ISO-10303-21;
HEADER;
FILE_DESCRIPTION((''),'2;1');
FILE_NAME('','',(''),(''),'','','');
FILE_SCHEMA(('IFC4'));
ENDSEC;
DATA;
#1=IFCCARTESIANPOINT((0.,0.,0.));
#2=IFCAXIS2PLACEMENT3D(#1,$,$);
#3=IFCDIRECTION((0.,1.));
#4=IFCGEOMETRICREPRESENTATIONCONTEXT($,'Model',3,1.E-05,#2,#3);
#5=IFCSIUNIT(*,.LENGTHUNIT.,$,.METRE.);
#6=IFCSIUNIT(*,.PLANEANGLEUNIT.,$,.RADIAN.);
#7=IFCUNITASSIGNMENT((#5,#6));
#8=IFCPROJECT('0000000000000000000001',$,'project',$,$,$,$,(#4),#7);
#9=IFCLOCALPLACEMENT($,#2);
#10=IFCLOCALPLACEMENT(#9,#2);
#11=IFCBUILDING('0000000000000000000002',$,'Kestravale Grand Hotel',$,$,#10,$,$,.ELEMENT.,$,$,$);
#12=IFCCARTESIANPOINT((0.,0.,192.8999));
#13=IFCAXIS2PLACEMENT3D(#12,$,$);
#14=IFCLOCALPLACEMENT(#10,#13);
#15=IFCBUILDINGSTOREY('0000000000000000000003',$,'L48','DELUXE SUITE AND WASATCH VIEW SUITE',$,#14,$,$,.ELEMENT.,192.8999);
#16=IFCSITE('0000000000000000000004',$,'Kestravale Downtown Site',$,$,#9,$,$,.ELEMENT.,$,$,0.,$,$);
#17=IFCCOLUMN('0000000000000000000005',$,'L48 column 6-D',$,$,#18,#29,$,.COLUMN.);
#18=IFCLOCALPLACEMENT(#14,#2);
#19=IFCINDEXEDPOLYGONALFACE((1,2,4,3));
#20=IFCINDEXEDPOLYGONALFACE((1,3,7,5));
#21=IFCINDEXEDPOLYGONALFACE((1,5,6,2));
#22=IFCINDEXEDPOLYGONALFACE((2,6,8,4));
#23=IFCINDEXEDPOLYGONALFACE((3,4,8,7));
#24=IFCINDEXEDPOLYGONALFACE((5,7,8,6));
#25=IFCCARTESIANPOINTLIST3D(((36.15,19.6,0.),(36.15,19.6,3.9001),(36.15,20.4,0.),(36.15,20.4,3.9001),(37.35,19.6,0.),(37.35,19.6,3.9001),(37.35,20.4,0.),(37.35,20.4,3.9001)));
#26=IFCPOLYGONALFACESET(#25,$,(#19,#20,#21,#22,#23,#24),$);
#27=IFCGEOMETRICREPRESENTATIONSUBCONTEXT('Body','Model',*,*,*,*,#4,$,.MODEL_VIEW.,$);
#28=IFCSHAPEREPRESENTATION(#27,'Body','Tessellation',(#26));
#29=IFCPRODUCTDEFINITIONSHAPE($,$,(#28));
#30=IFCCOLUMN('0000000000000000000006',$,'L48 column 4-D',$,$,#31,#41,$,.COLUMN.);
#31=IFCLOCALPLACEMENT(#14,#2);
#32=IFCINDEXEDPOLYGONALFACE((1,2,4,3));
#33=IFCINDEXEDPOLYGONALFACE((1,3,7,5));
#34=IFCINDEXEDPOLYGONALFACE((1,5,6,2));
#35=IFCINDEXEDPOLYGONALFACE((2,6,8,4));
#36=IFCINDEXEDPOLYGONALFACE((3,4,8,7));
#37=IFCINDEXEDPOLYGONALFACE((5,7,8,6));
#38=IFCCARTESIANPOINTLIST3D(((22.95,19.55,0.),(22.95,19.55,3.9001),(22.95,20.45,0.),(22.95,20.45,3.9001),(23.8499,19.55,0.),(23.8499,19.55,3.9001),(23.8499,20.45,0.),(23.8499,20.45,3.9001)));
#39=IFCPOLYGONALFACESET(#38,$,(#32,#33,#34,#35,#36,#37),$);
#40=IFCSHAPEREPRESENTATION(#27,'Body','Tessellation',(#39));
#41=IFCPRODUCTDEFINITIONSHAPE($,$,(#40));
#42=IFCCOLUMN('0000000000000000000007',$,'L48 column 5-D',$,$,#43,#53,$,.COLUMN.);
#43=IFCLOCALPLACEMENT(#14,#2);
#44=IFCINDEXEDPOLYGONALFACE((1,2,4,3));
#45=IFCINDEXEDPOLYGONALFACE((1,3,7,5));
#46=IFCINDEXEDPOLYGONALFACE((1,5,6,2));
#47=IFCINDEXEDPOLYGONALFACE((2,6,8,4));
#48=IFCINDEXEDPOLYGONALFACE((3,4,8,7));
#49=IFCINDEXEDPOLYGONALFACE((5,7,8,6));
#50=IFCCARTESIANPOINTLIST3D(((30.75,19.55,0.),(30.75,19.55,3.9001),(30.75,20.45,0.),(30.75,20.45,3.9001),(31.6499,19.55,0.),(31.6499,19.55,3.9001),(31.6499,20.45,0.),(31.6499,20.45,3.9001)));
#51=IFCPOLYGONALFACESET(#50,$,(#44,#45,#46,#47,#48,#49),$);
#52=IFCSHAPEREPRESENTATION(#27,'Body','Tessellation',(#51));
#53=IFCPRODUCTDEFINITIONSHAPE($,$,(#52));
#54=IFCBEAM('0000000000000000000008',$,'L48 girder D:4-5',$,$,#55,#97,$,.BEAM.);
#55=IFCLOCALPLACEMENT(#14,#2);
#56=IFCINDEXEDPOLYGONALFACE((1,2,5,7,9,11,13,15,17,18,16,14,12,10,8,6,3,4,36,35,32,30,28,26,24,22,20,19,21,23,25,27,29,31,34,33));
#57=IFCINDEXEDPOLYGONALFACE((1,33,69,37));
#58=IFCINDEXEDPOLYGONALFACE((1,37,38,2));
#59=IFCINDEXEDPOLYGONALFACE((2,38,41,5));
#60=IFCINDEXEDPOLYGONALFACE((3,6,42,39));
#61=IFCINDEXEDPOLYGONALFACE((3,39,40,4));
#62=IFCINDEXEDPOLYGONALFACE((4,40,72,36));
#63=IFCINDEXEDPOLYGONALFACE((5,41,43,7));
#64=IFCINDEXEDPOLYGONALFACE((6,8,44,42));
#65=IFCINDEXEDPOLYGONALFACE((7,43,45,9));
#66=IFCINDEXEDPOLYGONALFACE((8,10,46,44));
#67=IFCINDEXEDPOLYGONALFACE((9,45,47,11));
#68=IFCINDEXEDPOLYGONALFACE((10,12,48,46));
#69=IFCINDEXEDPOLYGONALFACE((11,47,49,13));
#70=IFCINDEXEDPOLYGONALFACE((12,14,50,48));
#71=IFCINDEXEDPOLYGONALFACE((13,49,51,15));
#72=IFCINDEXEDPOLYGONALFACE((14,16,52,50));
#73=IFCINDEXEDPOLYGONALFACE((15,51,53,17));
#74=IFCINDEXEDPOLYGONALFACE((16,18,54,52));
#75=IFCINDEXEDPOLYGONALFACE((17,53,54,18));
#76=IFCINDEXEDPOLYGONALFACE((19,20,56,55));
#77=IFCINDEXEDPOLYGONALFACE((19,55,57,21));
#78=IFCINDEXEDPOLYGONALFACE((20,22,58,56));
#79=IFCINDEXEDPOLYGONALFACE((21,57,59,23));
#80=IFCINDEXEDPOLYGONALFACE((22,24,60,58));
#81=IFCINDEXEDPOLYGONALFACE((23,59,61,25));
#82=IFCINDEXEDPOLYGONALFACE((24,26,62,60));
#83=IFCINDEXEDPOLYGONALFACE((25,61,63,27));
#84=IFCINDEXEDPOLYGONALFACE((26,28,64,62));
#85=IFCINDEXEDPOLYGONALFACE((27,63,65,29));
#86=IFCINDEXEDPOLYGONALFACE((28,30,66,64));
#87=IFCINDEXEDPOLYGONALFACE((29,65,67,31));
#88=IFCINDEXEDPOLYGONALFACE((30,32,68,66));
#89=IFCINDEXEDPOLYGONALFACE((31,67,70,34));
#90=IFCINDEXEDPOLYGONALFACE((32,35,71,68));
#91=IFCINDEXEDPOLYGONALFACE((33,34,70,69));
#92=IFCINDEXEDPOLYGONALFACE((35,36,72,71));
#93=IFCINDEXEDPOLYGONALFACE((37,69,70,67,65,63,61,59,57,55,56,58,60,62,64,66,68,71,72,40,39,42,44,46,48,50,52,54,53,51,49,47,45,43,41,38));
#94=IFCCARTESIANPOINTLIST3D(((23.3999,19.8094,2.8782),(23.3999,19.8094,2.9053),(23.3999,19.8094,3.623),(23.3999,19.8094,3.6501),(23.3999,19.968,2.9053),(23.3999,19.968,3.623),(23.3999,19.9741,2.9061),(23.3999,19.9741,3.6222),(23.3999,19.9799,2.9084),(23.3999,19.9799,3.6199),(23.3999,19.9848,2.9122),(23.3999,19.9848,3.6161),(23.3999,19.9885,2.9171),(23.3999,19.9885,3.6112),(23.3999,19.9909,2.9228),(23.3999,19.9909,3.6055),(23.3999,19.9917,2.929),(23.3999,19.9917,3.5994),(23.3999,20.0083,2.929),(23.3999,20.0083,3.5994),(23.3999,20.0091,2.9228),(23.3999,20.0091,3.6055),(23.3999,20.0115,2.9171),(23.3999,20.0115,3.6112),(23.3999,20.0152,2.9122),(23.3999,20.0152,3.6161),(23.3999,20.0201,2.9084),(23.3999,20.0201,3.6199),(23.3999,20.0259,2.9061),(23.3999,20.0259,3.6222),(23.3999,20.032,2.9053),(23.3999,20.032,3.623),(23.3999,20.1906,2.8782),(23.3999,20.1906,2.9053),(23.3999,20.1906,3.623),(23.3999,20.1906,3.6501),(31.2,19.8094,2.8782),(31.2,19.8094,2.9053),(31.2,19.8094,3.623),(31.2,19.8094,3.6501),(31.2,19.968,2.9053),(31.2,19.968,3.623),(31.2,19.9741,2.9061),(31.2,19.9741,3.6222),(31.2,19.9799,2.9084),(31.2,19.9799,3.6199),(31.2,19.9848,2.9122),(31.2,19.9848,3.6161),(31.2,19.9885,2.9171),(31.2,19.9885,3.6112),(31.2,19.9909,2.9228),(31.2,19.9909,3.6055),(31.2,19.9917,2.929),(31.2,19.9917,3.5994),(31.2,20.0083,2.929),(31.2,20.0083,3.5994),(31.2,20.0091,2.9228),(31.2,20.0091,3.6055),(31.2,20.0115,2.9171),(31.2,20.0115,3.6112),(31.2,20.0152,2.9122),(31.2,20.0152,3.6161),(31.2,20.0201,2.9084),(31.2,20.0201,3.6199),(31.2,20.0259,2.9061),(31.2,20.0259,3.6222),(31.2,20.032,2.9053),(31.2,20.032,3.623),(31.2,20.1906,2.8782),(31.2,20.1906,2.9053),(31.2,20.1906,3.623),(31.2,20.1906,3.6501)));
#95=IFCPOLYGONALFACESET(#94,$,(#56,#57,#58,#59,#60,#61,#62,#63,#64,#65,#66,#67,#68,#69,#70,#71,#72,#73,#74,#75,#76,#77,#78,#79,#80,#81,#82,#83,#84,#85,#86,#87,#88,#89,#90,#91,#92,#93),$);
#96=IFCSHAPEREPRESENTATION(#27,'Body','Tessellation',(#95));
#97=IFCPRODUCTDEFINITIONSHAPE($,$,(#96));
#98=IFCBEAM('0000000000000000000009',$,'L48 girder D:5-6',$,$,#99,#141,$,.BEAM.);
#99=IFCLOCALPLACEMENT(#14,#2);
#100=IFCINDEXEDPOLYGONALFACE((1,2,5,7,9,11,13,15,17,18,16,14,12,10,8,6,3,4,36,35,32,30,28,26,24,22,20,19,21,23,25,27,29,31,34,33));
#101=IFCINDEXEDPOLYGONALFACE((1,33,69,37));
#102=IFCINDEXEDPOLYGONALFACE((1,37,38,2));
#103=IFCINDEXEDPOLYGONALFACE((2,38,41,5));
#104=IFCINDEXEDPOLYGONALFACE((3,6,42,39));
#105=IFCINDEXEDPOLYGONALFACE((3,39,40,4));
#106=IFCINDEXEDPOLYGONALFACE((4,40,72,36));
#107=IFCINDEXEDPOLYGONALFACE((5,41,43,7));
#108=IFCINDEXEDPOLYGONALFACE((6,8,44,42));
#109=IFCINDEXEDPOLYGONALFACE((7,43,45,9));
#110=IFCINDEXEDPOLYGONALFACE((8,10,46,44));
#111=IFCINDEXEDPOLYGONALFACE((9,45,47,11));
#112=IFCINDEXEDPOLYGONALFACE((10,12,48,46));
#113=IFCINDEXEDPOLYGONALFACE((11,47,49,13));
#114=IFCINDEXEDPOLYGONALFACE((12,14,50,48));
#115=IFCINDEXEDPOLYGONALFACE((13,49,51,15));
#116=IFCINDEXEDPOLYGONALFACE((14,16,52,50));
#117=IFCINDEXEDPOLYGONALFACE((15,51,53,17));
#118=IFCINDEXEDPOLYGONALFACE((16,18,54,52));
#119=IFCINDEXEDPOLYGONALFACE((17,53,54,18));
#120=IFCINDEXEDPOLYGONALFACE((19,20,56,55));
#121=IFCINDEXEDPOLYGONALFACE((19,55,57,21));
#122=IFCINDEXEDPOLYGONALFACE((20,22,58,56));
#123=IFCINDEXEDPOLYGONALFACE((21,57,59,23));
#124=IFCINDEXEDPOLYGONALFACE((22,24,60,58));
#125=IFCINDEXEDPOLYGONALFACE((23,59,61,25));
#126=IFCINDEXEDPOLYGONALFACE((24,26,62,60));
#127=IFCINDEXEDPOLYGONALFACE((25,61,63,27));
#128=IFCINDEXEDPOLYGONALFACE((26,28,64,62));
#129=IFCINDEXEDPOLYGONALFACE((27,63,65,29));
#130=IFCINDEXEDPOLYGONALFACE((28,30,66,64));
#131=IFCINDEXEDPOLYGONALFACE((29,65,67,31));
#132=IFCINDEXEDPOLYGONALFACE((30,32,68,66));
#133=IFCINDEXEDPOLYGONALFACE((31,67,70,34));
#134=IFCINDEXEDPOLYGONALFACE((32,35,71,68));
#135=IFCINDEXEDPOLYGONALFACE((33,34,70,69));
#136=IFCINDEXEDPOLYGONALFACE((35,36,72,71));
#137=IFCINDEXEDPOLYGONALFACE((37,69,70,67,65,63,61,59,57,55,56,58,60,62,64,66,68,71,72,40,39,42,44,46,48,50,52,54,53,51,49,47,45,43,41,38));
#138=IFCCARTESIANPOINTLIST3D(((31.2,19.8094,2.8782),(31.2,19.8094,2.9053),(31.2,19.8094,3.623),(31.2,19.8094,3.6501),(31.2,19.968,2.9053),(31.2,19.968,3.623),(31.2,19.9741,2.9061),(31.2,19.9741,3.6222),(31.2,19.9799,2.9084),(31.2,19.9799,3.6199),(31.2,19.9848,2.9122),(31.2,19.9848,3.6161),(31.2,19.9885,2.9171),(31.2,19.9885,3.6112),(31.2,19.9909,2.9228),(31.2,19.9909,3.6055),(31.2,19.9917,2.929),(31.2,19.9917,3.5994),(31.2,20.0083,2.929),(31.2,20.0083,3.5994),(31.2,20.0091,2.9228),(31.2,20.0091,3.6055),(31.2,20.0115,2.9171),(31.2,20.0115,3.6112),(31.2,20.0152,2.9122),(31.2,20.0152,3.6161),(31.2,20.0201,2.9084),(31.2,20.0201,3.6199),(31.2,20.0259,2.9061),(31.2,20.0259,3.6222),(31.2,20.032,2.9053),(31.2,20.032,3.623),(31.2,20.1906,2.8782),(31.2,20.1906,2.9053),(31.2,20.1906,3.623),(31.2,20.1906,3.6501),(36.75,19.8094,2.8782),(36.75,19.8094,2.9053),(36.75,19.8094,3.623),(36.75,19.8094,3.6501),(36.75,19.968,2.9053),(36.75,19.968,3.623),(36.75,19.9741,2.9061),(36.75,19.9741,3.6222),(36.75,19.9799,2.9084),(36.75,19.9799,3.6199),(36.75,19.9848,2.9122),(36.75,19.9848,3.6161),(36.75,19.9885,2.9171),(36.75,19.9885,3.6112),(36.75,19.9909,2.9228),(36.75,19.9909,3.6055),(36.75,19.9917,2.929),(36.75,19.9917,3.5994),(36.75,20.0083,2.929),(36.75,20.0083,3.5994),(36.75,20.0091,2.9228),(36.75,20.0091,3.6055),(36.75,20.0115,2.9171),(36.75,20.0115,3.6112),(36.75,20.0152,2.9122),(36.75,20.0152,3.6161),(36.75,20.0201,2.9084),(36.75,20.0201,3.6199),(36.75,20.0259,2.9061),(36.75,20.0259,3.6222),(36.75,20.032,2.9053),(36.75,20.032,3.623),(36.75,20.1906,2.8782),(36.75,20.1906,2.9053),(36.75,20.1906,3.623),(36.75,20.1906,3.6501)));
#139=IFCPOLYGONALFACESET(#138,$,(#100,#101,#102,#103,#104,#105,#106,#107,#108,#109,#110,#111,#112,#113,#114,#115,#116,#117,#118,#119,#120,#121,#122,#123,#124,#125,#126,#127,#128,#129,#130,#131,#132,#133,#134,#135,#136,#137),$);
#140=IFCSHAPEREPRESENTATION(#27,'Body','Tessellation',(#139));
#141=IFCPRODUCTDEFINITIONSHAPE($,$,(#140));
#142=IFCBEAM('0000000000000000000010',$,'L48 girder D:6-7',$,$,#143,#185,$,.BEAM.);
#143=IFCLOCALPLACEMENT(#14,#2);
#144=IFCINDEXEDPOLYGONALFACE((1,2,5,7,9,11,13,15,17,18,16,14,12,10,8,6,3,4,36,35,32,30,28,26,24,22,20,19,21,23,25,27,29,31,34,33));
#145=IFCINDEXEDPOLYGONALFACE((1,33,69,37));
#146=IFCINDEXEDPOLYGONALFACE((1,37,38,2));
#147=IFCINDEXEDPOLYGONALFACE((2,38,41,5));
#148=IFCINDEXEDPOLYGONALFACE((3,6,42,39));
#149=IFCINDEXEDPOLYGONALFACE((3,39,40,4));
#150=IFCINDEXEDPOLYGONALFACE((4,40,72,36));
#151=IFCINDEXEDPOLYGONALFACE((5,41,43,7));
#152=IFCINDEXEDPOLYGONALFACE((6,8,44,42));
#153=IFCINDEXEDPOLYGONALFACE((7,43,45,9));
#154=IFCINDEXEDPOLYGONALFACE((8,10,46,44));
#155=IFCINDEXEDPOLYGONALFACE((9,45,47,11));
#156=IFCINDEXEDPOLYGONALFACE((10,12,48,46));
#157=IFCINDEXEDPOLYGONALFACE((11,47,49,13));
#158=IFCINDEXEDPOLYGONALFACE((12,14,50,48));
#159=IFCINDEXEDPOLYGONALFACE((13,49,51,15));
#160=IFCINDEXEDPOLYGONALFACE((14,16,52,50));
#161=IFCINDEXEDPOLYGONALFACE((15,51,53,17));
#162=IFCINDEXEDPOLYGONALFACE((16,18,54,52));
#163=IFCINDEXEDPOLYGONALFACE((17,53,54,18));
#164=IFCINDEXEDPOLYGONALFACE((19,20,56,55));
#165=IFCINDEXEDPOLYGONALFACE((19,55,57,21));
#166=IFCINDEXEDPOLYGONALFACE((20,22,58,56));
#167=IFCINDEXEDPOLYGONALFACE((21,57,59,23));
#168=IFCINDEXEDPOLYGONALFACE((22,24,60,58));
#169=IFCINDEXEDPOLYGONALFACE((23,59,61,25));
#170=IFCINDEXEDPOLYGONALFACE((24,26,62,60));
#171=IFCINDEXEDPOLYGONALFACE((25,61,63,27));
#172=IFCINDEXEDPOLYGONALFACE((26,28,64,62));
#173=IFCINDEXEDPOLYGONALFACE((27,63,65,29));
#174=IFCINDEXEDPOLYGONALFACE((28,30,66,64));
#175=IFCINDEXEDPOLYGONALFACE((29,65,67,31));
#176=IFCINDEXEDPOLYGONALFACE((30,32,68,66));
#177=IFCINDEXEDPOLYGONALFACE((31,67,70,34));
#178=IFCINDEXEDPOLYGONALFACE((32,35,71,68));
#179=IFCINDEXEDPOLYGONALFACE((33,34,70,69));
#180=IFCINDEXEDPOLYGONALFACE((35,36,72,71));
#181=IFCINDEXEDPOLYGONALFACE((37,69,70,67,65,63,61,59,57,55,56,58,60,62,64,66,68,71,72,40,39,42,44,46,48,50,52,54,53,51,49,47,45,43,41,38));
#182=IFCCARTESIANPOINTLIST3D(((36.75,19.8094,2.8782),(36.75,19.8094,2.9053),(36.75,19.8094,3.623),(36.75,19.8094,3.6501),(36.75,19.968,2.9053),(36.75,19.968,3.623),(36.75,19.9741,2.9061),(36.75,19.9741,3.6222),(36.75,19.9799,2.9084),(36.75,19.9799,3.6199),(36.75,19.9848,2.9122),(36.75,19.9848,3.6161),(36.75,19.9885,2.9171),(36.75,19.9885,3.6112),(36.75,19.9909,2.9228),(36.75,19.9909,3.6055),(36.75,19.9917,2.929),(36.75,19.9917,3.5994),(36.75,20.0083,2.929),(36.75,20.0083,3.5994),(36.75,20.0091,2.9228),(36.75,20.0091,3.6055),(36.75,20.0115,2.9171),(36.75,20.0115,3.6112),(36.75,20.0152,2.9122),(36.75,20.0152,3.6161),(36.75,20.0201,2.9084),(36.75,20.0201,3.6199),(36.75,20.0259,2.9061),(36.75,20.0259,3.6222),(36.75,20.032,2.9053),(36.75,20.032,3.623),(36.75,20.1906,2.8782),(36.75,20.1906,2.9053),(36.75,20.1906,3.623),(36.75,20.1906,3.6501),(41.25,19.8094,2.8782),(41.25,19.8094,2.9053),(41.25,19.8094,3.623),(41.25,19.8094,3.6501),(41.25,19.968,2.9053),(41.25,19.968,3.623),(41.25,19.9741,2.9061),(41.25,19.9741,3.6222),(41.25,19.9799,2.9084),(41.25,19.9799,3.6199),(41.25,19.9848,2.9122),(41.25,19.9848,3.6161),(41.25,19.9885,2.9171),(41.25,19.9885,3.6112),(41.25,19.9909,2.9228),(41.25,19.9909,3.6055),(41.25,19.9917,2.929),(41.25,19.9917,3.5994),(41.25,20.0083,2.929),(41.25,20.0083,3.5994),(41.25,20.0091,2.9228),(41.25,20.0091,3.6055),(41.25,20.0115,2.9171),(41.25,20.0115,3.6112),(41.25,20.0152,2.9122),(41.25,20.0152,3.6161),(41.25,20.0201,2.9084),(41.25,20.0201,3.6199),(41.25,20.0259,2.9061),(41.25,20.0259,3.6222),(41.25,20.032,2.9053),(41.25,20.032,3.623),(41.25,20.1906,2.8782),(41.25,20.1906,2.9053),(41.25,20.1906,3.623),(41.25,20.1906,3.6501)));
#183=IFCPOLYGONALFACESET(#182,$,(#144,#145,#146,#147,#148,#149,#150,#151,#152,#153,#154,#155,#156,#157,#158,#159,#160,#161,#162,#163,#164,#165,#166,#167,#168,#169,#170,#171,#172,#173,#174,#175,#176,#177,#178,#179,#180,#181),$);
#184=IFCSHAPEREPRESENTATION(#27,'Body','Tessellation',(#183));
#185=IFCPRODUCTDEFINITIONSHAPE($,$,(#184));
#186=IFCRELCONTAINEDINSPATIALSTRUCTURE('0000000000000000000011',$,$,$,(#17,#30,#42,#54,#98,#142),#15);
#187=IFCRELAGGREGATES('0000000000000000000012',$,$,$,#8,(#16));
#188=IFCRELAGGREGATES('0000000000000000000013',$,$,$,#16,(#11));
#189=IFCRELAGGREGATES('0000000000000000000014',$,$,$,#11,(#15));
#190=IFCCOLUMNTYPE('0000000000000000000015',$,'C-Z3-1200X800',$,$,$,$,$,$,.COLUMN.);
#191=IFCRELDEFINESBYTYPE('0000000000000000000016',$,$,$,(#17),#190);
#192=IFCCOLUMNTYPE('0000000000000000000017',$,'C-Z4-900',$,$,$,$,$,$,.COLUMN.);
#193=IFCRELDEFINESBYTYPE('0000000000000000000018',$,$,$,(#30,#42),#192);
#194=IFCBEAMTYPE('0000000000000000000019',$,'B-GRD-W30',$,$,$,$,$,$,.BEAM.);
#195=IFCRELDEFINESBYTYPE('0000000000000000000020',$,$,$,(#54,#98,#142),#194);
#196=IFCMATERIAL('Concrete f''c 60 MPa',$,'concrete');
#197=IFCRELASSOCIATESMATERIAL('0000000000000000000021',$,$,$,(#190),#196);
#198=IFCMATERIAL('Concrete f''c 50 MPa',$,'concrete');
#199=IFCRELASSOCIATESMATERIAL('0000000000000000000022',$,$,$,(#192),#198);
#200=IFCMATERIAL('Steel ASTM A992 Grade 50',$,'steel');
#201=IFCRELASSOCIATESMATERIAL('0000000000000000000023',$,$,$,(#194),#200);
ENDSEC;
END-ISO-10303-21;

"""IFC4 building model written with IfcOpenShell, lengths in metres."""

from ifc_helpers import new_model, si_unit, direction, frame, origin, origin_2d, place, context, subcontext, project, spatial, rectangle, i_section, extrude, material, material_profile, profile_set, type_object, element, save


model = new_model("IFC4")

# Units and contexts
model_context = context("Model", 3, precision=1e-05, world=origin(), true_north=direction((0.0, 1.0)))
body_context = subcontext(model_context, "Body", "Model", "MODEL_VIEW")
ifc_project = project(units=[si_unit("LENGTHUNIT", "METRE"), si_unit("PLANEANGLEUNIT", "RADIAN")], contexts=[model_context])

# Site, building, storey
site_placement = place(None, origin())
site = spatial("IfcSite", under=ifc_project, at=site_placement, Name="Kestravale Downtown Site", CompositionType="ELEMENT", RefElevation=0.0)
building_placement = place(site_placement, origin())
building = spatial("IfcBuilding", under=site, at=building_placement, Name="Kestravale Grand Hotel", CompositionType="ELEMENT")
storey_placement = place(building_placement, frame((0.0, 0.0, 192.8999)))
storey = spatial("IfcBuildingStorey", under=building, at=storey_placement, Name="L48", Description="DELUXE SUITE AND WASATCH VIEW SUITE", CompositionType="ELEMENT", Elevation=192.8999)

# Columns
ifc_material_1 = material(Name="Concrete f'c 60 MPa", Category="concrete")
ifc_material_profile_1 = material_profile(ifc_material_1, rectangle(XDim=1.2, YDim=0.8, at=origin_2d()))
ifc_profile_set_1 = profile_set([ifc_material_profile_1], Name="Concrete f'c 60 MPa")
column_type_1 = type_object("IfcColumnType", Name="C-Z3-1200X800", PredefinedType="COLUMN", material=ifc_profile_set_1)
column_placement = place(storey_placement, frame((36.75, 20.0, 0.0), z_axis=(0.0, 0.0, 1.0), x_axis=(1.0, 0.0, 0.0)))
element("IfcColumn", 1, at=column_placement, inside=storey, type_object=column_type_1, Name="L48 column 6-D", PredefinedType="COLUMN", context=body_context, shape_type="SweptSolid", body=[
    extrude(rectangle(XDim=1.2, YDim=0.8, at=origin_2d()), origin(), (0.0, 0.0, 1.0), 3.9001),
])
ifc_material_2 = material(Name="Concrete f'c 50 MPa", Category="concrete")
ifc_material_profile_2 = material_profile(ifc_material_2, rectangle(XDim=0.8999, YDim=0.8999, at=origin_2d()))
ifc_profile_set_2 = profile_set([ifc_material_profile_2], Name="Concrete f'c 50 MPa")
column_type_2 = type_object("IfcColumnType", Name="C-Z4-900", PredefinedType="COLUMN", material=ifc_profile_set_2)
for number, where, z_axis, x_axis, name in (
    (2, (23.3999, 20.0, 0.0), (0.0, 0.0, 1.0), (1.0, 0.0, 0.0), "L48 column 4-D"),
    (3, (31.2, 20.0, 0.0), (0.0, 0.0, 1.0), (1.0, 0.0, 0.0), "L48 column 5-D"),
):
    element("IfcColumn", number, at=place(storey_placement, frame(where, z_axis=z_axis, x_axis=x_axis)), inside=storey, type_object=column_type_2, Name=name, PredefinedType="COLUMN", context=body_context, shape_type="SweptSolid", body=[
        extrude(rectangle(XDim=0.8999, YDim=0.8999, at=origin_2d()), origin(), (0.0, 0.0, 1.0), 3.9001),
    ])

# Beams
ifc_material_3 = material(Name="Steel ASTM A992 Grade 50", Category="steel")
ifc_material_profile_3 = material_profile(ifc_material_3, i_section(OverallWidth=0.3811, OverallDepth=0.772, WebThickness=0.0166, FlangeThickness=0.0271, FilletRadius=0.0237, at=origin_2d()))
ifc_profile_set_3 = profile_set([ifc_material_profile_3], Name="Steel ASTM A992 Grade 50")
beam_type = type_object("IfcBeamType", Name="B-GRD-W30", PredefinedType="BEAM", material=ifc_profile_set_3)
beam_1_placement = place(storey_placement, frame((23.3999, 20.0, 3.2642), z_axis=(1.0, 0.0, 0.0), x_axis=(0.0, 1.0, 0.0)))
element("IfcBeam", 4, at=beam_1_placement, inside=storey, type_object=beam_type, Name="L48 girder D:4-5", PredefinedType="BEAM", context=body_context, shape_type="SweptSolid", body=[
    extrude(i_section(OverallWidth=0.3811, OverallDepth=0.772, WebThickness=0.0166, FlangeThickness=0.0271, FilletRadius=0.0237, at=origin_2d()), origin(), (0.0, 0.0, 1.0), 7.8),
])
beam_2_placement = place(storey_placement, frame((31.2, 20.0, 3.2642), z_axis=(1.0, 0.0, 0.0), x_axis=(0.0, 1.0, 0.0)))
element("IfcBeam", 5, at=beam_2_placement, inside=storey, type_object=beam_type, Name="L48 girder D:5-6", PredefinedType="BEAM", context=body_context, shape_type="SweptSolid", body=[
    extrude(i_section(OverallWidth=0.3811, OverallDepth=0.772, WebThickness=0.0166, FlangeThickness=0.0271, FilletRadius=0.0237, at=origin_2d()), origin(), (0.0, 0.0, 1.0), 5.55),
])
beam_3_placement = place(storey_placement, frame((36.75, 20.0, 3.2642), z_axis=(1.0, 0.0, 0.0), x_axis=(0.0, 1.0, 0.0)))
element("IfcBeam", 6, at=beam_3_placement, inside=storey, type_object=beam_type, Name="L48 girder D:6-7", PredefinedType="BEAM", context=body_context, shape_type="SweptSolid", body=[
    extrude(i_section(OverallWidth=0.3811, OverallDepth=0.772, WebThickness=0.0166, FlangeThickness=0.0271, FilletRadius=0.0237, at=origin_2d()), origin(), (0.0, 0.0, 1.0), 4.5),
])

save(model, "model.ifc")
